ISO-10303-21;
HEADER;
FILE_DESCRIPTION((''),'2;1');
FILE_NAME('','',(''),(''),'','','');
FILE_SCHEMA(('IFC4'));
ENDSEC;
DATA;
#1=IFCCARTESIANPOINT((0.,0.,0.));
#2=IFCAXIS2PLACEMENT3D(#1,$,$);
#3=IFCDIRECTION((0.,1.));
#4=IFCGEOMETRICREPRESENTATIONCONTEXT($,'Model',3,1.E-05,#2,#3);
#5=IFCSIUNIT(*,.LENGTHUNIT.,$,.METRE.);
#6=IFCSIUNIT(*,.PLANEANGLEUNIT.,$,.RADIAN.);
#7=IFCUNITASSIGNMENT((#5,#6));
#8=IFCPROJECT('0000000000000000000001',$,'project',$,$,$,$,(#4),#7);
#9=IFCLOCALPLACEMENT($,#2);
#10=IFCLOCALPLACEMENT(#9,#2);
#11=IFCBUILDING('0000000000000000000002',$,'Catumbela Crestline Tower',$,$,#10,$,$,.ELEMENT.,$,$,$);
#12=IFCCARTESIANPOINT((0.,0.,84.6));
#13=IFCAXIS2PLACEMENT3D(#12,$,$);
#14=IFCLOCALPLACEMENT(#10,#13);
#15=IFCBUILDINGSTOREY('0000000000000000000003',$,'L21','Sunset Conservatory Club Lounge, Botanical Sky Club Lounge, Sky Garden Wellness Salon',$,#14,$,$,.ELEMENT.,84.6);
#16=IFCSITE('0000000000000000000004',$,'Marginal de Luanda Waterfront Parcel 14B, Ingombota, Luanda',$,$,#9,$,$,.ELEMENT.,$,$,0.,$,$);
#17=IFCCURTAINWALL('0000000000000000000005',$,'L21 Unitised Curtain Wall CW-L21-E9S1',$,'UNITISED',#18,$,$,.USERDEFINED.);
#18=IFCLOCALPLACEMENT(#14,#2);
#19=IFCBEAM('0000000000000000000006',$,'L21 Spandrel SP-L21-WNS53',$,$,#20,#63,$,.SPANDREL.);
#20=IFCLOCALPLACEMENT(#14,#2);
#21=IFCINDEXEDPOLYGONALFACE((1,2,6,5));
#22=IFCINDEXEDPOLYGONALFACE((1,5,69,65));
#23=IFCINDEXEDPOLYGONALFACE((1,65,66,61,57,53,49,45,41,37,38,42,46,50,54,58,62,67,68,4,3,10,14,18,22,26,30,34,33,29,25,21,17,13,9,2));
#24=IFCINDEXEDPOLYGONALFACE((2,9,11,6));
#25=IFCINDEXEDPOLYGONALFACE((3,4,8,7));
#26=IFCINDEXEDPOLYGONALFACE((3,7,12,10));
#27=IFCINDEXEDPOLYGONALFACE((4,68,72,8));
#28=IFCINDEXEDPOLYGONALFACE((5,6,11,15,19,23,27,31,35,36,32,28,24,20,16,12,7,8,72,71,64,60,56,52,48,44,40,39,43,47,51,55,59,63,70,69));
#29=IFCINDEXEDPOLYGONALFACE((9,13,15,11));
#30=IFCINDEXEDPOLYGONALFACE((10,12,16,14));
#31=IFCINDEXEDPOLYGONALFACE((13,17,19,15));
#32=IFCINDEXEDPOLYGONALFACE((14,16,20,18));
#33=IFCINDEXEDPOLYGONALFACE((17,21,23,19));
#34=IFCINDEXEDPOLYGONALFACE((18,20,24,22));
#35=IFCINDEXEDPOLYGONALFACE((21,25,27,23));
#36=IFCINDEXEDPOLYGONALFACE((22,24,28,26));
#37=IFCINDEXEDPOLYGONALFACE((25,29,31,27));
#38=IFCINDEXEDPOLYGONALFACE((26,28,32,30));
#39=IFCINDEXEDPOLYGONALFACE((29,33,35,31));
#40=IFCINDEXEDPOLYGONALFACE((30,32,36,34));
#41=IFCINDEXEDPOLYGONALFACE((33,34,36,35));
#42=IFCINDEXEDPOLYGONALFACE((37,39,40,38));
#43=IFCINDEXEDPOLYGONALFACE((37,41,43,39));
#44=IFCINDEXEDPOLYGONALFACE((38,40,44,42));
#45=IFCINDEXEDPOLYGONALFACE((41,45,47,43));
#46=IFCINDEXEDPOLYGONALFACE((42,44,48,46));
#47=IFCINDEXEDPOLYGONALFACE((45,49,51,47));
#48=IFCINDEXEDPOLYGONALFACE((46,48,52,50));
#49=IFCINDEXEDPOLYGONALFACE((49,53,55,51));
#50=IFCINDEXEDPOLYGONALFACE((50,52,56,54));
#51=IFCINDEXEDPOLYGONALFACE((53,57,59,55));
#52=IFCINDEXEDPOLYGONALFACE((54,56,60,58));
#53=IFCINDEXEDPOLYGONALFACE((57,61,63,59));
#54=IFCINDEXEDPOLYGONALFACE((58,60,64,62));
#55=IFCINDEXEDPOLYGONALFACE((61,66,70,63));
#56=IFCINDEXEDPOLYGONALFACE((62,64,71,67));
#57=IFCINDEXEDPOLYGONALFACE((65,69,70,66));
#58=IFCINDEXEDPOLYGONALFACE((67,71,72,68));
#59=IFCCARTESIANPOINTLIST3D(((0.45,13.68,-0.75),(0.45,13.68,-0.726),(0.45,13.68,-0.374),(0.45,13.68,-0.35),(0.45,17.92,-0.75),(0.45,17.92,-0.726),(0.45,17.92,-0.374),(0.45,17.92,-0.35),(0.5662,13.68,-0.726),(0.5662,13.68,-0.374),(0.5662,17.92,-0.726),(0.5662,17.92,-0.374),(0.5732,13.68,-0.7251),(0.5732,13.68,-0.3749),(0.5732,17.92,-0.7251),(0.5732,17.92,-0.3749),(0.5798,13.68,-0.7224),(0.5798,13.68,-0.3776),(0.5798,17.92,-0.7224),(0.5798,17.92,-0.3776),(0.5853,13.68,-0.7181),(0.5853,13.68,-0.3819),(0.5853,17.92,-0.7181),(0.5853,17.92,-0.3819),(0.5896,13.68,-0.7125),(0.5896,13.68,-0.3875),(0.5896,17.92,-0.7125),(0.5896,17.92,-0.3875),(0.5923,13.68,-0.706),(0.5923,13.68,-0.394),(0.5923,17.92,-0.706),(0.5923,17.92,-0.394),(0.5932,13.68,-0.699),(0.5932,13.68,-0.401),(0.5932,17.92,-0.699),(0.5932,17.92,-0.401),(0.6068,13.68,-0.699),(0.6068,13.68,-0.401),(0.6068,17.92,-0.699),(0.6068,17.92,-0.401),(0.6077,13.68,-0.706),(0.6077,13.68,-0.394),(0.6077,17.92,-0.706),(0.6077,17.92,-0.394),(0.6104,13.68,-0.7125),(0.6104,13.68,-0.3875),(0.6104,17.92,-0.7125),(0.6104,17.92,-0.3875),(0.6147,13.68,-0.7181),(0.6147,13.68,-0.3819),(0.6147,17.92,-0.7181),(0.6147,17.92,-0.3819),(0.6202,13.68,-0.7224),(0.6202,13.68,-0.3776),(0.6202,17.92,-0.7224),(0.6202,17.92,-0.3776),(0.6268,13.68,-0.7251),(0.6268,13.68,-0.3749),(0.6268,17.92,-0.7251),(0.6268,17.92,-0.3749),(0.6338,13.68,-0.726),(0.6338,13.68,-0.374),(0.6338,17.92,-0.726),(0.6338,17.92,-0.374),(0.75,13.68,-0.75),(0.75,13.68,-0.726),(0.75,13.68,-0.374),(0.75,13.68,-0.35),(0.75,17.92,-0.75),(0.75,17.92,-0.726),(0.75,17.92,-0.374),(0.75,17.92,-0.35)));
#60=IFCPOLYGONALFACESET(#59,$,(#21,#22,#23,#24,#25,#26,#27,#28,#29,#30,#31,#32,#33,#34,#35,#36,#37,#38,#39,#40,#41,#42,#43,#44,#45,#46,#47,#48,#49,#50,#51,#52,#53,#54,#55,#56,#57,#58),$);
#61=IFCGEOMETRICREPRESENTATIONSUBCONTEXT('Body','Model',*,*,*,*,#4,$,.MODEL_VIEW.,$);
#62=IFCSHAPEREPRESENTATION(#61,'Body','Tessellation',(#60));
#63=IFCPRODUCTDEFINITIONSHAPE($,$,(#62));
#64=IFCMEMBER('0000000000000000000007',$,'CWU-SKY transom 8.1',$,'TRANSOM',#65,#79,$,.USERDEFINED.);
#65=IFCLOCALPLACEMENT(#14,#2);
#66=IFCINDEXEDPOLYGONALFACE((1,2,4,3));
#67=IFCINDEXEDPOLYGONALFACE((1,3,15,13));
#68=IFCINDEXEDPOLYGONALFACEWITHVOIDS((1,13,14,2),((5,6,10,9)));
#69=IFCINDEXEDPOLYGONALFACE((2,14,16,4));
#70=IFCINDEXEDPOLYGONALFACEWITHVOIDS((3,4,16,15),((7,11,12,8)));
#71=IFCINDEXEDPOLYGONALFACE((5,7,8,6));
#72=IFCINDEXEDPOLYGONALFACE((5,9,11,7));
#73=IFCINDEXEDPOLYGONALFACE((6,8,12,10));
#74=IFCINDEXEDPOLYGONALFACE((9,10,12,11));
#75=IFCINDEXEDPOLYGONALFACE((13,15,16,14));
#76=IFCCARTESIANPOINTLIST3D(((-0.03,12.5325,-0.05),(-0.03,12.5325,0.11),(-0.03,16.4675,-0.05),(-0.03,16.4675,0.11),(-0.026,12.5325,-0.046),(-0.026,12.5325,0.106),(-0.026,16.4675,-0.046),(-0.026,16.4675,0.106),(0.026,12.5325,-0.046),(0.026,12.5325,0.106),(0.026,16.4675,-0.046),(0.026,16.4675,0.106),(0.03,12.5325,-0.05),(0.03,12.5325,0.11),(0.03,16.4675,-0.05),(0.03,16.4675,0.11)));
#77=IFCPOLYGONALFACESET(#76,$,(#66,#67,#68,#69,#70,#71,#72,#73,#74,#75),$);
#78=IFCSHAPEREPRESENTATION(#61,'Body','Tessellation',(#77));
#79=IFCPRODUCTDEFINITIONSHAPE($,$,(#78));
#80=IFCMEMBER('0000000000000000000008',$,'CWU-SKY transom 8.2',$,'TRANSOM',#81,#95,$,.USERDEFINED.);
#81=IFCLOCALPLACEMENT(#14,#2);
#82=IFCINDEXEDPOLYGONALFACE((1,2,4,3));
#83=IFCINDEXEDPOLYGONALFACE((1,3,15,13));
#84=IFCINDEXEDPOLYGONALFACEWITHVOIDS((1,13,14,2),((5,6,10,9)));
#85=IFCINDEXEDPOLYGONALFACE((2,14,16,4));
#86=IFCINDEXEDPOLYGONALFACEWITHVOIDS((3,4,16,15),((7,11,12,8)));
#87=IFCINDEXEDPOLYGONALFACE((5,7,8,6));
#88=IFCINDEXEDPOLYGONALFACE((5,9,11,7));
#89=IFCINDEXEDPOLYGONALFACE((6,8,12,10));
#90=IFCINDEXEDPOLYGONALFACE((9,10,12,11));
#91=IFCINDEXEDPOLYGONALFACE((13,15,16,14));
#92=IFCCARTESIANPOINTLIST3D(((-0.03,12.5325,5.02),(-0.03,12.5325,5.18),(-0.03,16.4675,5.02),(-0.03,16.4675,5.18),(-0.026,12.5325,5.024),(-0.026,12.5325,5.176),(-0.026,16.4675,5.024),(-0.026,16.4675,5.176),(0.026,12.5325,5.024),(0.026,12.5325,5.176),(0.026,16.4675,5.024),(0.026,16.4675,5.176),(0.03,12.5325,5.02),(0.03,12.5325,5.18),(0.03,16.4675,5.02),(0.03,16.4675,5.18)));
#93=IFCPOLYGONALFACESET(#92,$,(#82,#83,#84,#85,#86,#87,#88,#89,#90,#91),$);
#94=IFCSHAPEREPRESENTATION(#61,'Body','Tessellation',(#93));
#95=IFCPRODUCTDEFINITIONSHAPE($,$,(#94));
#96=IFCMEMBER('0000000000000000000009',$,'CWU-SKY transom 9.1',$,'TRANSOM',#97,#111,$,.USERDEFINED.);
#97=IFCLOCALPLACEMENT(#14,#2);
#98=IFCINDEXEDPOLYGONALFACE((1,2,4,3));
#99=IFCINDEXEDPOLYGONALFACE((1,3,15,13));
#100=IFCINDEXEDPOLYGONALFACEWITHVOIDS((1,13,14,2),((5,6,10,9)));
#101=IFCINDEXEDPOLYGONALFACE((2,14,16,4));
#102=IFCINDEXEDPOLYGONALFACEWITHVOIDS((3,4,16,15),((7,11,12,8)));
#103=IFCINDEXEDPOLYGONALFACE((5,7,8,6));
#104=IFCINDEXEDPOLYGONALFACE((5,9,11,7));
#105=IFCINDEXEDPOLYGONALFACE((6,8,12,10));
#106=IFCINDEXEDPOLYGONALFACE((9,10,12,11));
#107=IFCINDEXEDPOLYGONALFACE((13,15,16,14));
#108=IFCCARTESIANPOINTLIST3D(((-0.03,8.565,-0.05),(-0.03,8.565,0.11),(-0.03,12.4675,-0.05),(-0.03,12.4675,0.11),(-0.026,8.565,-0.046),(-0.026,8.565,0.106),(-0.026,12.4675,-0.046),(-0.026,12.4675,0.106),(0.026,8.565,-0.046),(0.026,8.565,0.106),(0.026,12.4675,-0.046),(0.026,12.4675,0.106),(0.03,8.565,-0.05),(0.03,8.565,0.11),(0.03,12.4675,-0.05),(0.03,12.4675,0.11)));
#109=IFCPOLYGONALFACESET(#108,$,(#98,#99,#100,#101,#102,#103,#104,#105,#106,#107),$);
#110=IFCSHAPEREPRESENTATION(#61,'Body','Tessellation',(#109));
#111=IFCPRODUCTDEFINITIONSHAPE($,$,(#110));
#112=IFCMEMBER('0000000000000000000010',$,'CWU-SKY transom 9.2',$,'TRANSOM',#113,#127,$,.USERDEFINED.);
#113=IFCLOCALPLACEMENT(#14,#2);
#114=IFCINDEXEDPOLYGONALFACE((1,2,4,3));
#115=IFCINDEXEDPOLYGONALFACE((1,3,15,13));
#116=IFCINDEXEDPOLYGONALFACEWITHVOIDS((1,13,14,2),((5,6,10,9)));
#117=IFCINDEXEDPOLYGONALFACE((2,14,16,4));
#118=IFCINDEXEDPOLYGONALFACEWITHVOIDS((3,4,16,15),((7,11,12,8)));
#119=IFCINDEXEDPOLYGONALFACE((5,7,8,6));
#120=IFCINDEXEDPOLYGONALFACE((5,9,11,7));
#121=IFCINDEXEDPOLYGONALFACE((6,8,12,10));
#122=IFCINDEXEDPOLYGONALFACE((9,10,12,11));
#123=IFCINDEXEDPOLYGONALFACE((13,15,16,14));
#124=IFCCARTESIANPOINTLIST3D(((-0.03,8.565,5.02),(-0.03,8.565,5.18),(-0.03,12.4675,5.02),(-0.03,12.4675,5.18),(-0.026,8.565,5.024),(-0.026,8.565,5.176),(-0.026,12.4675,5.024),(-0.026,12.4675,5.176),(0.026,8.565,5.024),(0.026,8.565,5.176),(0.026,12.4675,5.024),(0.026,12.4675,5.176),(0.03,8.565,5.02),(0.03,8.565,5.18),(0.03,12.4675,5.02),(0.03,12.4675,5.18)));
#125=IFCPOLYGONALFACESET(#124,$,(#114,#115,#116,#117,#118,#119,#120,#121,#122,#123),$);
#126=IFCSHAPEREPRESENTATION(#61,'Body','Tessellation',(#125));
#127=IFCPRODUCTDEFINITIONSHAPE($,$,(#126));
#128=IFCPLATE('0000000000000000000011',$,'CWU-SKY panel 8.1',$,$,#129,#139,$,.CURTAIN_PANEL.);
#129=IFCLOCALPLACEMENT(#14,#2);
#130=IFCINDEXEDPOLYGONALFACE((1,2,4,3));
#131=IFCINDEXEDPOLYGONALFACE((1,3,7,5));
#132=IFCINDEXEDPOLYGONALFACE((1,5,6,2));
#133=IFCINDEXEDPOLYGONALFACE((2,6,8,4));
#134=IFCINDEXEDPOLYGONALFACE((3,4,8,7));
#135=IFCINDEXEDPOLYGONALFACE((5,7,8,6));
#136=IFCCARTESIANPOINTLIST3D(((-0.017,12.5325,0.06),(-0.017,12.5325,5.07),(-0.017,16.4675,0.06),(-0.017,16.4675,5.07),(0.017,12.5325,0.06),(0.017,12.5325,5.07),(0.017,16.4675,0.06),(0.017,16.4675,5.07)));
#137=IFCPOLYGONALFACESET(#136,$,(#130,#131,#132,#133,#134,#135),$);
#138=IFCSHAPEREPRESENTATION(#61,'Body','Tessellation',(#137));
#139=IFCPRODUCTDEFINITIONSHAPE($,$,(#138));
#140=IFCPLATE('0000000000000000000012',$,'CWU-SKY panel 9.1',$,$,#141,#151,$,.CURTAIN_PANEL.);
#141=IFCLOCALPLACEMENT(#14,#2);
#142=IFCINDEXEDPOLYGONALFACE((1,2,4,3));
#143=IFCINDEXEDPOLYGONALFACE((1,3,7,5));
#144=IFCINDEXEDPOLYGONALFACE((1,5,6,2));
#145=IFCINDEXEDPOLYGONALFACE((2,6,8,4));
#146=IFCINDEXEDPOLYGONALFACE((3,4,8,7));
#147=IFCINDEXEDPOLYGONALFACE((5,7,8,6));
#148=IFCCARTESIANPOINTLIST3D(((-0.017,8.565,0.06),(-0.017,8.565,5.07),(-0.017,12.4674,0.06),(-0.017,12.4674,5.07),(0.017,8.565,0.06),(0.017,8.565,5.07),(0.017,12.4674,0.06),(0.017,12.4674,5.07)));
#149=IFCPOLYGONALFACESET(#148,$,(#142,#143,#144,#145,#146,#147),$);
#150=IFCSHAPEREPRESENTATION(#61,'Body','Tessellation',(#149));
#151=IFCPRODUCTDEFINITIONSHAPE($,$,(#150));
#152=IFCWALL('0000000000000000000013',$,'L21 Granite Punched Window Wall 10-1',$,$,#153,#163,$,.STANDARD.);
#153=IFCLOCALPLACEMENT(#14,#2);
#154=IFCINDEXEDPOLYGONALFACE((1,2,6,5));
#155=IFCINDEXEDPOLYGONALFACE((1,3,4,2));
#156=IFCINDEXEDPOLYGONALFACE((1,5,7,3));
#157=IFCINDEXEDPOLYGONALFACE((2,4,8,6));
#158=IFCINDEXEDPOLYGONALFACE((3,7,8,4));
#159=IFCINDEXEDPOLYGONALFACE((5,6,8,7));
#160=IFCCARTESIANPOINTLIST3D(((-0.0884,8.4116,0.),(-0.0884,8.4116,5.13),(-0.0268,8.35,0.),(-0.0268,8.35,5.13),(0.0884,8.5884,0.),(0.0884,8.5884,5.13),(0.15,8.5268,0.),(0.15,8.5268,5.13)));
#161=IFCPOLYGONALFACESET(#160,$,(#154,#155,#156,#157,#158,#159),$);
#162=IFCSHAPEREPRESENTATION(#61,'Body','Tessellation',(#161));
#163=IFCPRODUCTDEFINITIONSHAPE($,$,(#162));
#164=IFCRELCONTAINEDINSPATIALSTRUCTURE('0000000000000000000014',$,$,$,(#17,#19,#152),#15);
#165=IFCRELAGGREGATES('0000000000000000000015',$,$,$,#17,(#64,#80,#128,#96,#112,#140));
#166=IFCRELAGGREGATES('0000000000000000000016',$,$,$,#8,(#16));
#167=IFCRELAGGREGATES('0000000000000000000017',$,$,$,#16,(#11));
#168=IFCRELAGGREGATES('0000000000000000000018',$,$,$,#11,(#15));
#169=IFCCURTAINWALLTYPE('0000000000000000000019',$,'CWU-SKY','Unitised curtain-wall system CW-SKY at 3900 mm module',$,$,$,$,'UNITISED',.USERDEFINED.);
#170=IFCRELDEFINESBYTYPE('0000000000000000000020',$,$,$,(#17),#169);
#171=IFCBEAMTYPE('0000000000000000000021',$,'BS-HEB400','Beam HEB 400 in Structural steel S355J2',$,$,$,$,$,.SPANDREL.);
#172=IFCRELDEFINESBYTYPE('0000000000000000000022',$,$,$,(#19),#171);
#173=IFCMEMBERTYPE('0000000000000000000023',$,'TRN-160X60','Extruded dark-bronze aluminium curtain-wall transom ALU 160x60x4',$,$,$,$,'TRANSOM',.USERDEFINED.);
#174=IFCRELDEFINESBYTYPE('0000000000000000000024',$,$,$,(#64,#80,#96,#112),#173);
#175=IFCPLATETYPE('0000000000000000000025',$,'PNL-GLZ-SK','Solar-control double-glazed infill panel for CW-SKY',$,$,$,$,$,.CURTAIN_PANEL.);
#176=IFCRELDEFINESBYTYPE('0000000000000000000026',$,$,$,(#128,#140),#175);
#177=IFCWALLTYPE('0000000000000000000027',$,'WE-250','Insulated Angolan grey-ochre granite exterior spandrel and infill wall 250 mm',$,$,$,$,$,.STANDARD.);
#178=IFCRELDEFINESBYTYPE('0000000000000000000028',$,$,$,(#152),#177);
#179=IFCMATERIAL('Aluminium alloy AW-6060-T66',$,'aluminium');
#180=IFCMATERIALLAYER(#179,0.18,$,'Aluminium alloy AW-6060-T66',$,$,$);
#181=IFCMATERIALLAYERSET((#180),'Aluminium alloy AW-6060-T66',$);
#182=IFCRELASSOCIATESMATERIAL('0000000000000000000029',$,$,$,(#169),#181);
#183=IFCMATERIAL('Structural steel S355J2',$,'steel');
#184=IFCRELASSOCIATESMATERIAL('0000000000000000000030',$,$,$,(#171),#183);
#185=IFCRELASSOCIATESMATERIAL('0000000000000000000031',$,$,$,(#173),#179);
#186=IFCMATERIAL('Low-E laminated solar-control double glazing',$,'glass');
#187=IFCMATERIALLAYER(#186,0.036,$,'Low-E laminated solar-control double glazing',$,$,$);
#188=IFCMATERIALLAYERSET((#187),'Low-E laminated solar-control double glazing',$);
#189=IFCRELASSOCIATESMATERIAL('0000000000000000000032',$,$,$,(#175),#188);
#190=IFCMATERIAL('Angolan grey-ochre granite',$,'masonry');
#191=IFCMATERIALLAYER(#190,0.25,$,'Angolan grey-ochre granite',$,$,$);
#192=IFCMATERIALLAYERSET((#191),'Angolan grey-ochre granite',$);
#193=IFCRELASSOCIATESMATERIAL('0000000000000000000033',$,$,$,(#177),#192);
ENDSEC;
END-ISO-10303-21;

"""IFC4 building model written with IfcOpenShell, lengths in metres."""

from ifc_helpers import new_model, si_unit, direction, frame, frame_2d, origin, origin_2d, place, context, subcontext, project, spatial, rectangle, hollow_rectangle, i_section, extrude, material, layer, layer_set, material_profile, profile_set, type_object, element, aggregate, save


model = new_model("IFC4")

# Units and contexts
model_context = context("Model", 3, precision=1e-05, world=origin(), true_north=direction((0.0, 1.0)))
body_context = subcontext(model_context, "Body", "Model", "MODEL_VIEW")
ifc_project = project(units=[si_unit("LENGTHUNIT", "METRE"), si_unit("PLANEANGLEUNIT", "RADIAN")], contexts=[model_context])

# Site, building, storey
site_placement = place(None, origin())
site = spatial("IfcSite", under=ifc_project, at=site_placement, Name="Marginal de Luanda Waterfront Parcel 14B, Ingombota, Luanda", CompositionType="ELEMENT", RefElevation=0.0)
building_placement = place(site_placement, origin())
building = spatial("IfcBuilding", under=site, at=building_placement, Name="Catumbela Crestline Tower", CompositionType="ELEMENT")
storey_placement = place(building_placement, frame((0.0, 0.0, 84.6)))
storey = spatial("IfcBuildingStorey", under=building, at=storey_placement, Name="L21", Description="Sunset Conservatory Club Lounge, Botanical Sky Club Lounge, Sky Garden Wellness Salon", CompositionType="ELEMENT", Elevation=84.6)

# Shared definitions
ifc_material_1 = material(Name="Structural steel S355J2", Category="steel")

# Curtain wall
ifc_material_2 = material(Name="Aluminium alloy AW-6060-T66", Category="aluminium")
ifc_layer_1 = layer(ifc_material_2, 0.18, Name="Aluminium alloy AW-6060-T66")
ifc_layer_set_1 = layer_set([ifc_layer_1], Name="Aluminium alloy AW-6060-T66")
curtain_wall_type = type_object("IfcCurtainWallType", Name="CWU-SKY", Description="Unitised curtain-wall system CW-SKY at 3900 mm module", ElementType="UNITISED", PredefinedType="USERDEFINED", material=ifc_layer_set_1)
curtain_wall_placement = place(storey_placement, origin())
curtain_wall = element("IfcCurtainWall", 1, at=curtain_wall_placement, inside=storey, type_object=curtain_wall_type, Name="L21 Unitised Curtain Wall CW-L21-E9S1", ObjectType="UNITISED", PredefinedType="USERDEFINED")

# Beam
ifc_material_profile_1 = material_profile(ifc_material_1, i_section(OverallWidth=0.3, OverallDepth=0.4, WebThickness=0.0135, FlangeThickness=0.024, FilletRadius=0.027, at=origin_2d()), Name="HEB 400")
ifc_profile_set_1 = profile_set([ifc_material_profile_1], Name="Structural steel S355J2")
beam_type_1 = type_object("IfcBeamType", Name="BS-HEB400", Description="Beam HEB 400 in Structural steel S355J2", PredefinedType="SPANDREL", material=ifc_profile_set_1)
beam_1_placement = place(storey_placement, frame((0.6, 13.68, -0.55), z_axis=(0.0, 1.0, 0.0), x_axis=(-1.0, 0.0, 0.0)))
element("IfcBeam", 2, at=beam_1_placement, inside=storey, type_object=beam_type_1, Name="L21 Spandrel SP-L21-WNS53", PredefinedType="SPANDREL", context=body_context, shape_type="SweptSolid", body=[
    extrude(i_section(OverallWidth=0.3, OverallDepth=0.4, WebThickness=0.0135, FlangeThickness=0.024, FilletRadius=0.027, at=origin_2d()), origin(), (0.0, 0.0, 1.0), 4.24),
])

# Members
ifc_material_profile_2 = material_profile(ifc_material_2, hollow_rectangle(XDim=0.06, YDim=0.16, WallThickness=0.004, at=origin_2d()), Name="ALU 160x60x4")
ifc_profile_set_2 = profile_set([ifc_material_profile_2], Name="Aluminium alloy AW-6060-T66")
member_type_1 = type_object("IfcMemberType", Name="TRN-160X60", Description="Extruded dark-bronze aluminium curtain-wall transom ALU 160x60x4", ElementType="TRANSOM", PredefinedType="USERDEFINED", material=ifc_profile_set_2)
member_1_placement = place(storey_placement, frame((0.0, 16.4675, 0.03), z_axis=(0.0, -1.0, 0.0), x_axis=(1.0, 0.0, 0.0)))
member_1 = element("IfcMember", 3, at=member_1_placement, type_object=member_type_1, Name="CWU-SKY transom 8.1", ObjectType="TRANSOM", PredefinedType="USERDEFINED", context=body_context, shape_type="SweptSolid", body=[
    extrude(hollow_rectangle(XDim=0.06, YDim=0.16, WallThickness=0.004, at=origin_2d()), origin(), (0.0, 0.0, 1.0), 3.935),
])
member_2_placement = place(storey_placement, frame((0.0, 16.4675, 5.1), z_axis=(0.0, -1.0, 0.0), x_axis=(1.0, 0.0, 0.0)))
member_2 = element("IfcMember", 4, at=member_2_placement, type_object=member_type_1, Name="CWU-SKY transom 8.2", ObjectType="TRANSOM", PredefinedType="USERDEFINED", context=body_context, shape_type="SweptSolid", body=[
    extrude(hollow_rectangle(XDim=0.06, YDim=0.16, WallThickness=0.004, at=origin_2d()), origin(), (0.0, 0.0, 1.0), 3.935),
])
member_3_placement = place(storey_placement, frame((0.0, 12.4675, 0.03), z_axis=(0.0, -1.0, 0.0), x_axis=(1.0, 0.0, 0.0)))
member_3 = element("IfcMember", 5, at=member_3_placement, type_object=member_type_1, Name="CWU-SKY transom 9.1", ObjectType="TRANSOM", PredefinedType="USERDEFINED", context=body_context, shape_type="SweptSolid", body=[
    extrude(hollow_rectangle(XDim=0.06, YDim=0.16, WallThickness=0.004, at=origin_2d()), origin(), (0.0, 0.0, 1.0), 3.9025),
])
member_4_placement = place(storey_placement, frame((0.0, 12.4675, 5.1), z_axis=(0.0, -1.0, 0.0), x_axis=(1.0, 0.0, 0.0)))
member_4 = element("IfcMember", 6, at=member_4_placement, type_object=member_type_1, Name="CWU-SKY transom 9.2", ObjectType="TRANSOM", PredefinedType="USERDEFINED", context=body_context, shape_type="SweptSolid", body=[
    extrude(hollow_rectangle(XDim=0.06, YDim=0.16, WallThickness=0.004, at=origin_2d()), origin(), (0.0, 0.0, 1.0), 3.9025),
])

# Plates
ifc_material_3 = material(Name="Low-E laminated solar-control double glazing", Category="glass")
ifc_layer_2 = layer(ifc_material_3, 0.036, Name="Low-E laminated solar-control double glazing")
ifc_layer_set_2 = layer_set([ifc_layer_2], Name="Low-E laminated solar-control double glazing")
plate_type = type_object("IfcPlateType", Name="PNL-GLZ-SK", Description="Solar-control double-glazed infill panel for CW-SKY", PredefinedType="CURTAIN_PANEL", material=ifc_layer_set_2)
plate_1_placement = place(storey_placement, frame((0.0, 14.5, 0.06), z_axis=(0.0, 0.0, 1.0), x_axis=(0.0, -1.0, 0.0)))
plate_1 = element("IfcPlate", 7, at=plate_1_placement, type_object=plate_type, Name="CWU-SKY panel 8.1", PredefinedType="CURTAIN_PANEL", context=body_context, shape_type="SweptSolid", body=[
    extrude(rectangle(XDim=3.935, YDim=0.034, at=origin_2d()), origin(), (0.0, 0.0, 1.0), 5.01),
])
plate_2_placement = place(storey_placement, frame((0.0, 10.5162, 0.06), z_axis=(0.0, 0.0, 1.0), x_axis=(0.0, -1.0, 0.0)))
plate_2 = element("IfcPlate", 8, at=plate_2_placement, type_object=plate_type, Name="CWU-SKY panel 9.1", PredefinedType="CURTAIN_PANEL", context=body_context, shape_type="SweptSolid", body=[
    extrude(rectangle(XDim=3.9025, YDim=0.034, at=origin_2d()), origin(), (0.0, 0.0, 1.0), 5.01),
])
aggregate(curtain_wall, [member_1, member_2, plate_1, member_3, member_4, plate_2])

# Wall
ifc_material_4 = material(Name="Angolan grey-ochre granite", Category="masonry")
ifc_layer_3 = layer(ifc_material_4, 0.25, Name="Angolan grey-ochre granite")
ifc_layer_set_3 = layer_set([ifc_layer_3], Name="Angolan grey-ochre granite")
wall_type = type_object("IfcWallType", Name="WE-250", Description="Insulated Angolan grey-ochre granite exterior spandrel and infill wall 250 mm", PredefinedType="STANDARD", material=ifc_layer_set_3)
wall_1_placement = place(storey_placement, frame((0.0, 8.5, 0.0), z_axis=(0.0, 0.0, 1.0), x_axis=(0.707107, -0.707107, 0.0)))
element("IfcWall", 9, at=wall_1_placement, inside=storey, type_object=wall_type, Name="L21 Granite Punched Window Wall 10-1", PredefinedType="STANDARD", context=body_context, shape_type="SweptSolid", body=[
    extrude(rectangle(XDim=0.0871, YDim=0.25, at=frame_2d((0.0436, 0.0))), origin(), (0.0, 0.0, 1.0), 5.13),
])

save(model, "model.ifc")
